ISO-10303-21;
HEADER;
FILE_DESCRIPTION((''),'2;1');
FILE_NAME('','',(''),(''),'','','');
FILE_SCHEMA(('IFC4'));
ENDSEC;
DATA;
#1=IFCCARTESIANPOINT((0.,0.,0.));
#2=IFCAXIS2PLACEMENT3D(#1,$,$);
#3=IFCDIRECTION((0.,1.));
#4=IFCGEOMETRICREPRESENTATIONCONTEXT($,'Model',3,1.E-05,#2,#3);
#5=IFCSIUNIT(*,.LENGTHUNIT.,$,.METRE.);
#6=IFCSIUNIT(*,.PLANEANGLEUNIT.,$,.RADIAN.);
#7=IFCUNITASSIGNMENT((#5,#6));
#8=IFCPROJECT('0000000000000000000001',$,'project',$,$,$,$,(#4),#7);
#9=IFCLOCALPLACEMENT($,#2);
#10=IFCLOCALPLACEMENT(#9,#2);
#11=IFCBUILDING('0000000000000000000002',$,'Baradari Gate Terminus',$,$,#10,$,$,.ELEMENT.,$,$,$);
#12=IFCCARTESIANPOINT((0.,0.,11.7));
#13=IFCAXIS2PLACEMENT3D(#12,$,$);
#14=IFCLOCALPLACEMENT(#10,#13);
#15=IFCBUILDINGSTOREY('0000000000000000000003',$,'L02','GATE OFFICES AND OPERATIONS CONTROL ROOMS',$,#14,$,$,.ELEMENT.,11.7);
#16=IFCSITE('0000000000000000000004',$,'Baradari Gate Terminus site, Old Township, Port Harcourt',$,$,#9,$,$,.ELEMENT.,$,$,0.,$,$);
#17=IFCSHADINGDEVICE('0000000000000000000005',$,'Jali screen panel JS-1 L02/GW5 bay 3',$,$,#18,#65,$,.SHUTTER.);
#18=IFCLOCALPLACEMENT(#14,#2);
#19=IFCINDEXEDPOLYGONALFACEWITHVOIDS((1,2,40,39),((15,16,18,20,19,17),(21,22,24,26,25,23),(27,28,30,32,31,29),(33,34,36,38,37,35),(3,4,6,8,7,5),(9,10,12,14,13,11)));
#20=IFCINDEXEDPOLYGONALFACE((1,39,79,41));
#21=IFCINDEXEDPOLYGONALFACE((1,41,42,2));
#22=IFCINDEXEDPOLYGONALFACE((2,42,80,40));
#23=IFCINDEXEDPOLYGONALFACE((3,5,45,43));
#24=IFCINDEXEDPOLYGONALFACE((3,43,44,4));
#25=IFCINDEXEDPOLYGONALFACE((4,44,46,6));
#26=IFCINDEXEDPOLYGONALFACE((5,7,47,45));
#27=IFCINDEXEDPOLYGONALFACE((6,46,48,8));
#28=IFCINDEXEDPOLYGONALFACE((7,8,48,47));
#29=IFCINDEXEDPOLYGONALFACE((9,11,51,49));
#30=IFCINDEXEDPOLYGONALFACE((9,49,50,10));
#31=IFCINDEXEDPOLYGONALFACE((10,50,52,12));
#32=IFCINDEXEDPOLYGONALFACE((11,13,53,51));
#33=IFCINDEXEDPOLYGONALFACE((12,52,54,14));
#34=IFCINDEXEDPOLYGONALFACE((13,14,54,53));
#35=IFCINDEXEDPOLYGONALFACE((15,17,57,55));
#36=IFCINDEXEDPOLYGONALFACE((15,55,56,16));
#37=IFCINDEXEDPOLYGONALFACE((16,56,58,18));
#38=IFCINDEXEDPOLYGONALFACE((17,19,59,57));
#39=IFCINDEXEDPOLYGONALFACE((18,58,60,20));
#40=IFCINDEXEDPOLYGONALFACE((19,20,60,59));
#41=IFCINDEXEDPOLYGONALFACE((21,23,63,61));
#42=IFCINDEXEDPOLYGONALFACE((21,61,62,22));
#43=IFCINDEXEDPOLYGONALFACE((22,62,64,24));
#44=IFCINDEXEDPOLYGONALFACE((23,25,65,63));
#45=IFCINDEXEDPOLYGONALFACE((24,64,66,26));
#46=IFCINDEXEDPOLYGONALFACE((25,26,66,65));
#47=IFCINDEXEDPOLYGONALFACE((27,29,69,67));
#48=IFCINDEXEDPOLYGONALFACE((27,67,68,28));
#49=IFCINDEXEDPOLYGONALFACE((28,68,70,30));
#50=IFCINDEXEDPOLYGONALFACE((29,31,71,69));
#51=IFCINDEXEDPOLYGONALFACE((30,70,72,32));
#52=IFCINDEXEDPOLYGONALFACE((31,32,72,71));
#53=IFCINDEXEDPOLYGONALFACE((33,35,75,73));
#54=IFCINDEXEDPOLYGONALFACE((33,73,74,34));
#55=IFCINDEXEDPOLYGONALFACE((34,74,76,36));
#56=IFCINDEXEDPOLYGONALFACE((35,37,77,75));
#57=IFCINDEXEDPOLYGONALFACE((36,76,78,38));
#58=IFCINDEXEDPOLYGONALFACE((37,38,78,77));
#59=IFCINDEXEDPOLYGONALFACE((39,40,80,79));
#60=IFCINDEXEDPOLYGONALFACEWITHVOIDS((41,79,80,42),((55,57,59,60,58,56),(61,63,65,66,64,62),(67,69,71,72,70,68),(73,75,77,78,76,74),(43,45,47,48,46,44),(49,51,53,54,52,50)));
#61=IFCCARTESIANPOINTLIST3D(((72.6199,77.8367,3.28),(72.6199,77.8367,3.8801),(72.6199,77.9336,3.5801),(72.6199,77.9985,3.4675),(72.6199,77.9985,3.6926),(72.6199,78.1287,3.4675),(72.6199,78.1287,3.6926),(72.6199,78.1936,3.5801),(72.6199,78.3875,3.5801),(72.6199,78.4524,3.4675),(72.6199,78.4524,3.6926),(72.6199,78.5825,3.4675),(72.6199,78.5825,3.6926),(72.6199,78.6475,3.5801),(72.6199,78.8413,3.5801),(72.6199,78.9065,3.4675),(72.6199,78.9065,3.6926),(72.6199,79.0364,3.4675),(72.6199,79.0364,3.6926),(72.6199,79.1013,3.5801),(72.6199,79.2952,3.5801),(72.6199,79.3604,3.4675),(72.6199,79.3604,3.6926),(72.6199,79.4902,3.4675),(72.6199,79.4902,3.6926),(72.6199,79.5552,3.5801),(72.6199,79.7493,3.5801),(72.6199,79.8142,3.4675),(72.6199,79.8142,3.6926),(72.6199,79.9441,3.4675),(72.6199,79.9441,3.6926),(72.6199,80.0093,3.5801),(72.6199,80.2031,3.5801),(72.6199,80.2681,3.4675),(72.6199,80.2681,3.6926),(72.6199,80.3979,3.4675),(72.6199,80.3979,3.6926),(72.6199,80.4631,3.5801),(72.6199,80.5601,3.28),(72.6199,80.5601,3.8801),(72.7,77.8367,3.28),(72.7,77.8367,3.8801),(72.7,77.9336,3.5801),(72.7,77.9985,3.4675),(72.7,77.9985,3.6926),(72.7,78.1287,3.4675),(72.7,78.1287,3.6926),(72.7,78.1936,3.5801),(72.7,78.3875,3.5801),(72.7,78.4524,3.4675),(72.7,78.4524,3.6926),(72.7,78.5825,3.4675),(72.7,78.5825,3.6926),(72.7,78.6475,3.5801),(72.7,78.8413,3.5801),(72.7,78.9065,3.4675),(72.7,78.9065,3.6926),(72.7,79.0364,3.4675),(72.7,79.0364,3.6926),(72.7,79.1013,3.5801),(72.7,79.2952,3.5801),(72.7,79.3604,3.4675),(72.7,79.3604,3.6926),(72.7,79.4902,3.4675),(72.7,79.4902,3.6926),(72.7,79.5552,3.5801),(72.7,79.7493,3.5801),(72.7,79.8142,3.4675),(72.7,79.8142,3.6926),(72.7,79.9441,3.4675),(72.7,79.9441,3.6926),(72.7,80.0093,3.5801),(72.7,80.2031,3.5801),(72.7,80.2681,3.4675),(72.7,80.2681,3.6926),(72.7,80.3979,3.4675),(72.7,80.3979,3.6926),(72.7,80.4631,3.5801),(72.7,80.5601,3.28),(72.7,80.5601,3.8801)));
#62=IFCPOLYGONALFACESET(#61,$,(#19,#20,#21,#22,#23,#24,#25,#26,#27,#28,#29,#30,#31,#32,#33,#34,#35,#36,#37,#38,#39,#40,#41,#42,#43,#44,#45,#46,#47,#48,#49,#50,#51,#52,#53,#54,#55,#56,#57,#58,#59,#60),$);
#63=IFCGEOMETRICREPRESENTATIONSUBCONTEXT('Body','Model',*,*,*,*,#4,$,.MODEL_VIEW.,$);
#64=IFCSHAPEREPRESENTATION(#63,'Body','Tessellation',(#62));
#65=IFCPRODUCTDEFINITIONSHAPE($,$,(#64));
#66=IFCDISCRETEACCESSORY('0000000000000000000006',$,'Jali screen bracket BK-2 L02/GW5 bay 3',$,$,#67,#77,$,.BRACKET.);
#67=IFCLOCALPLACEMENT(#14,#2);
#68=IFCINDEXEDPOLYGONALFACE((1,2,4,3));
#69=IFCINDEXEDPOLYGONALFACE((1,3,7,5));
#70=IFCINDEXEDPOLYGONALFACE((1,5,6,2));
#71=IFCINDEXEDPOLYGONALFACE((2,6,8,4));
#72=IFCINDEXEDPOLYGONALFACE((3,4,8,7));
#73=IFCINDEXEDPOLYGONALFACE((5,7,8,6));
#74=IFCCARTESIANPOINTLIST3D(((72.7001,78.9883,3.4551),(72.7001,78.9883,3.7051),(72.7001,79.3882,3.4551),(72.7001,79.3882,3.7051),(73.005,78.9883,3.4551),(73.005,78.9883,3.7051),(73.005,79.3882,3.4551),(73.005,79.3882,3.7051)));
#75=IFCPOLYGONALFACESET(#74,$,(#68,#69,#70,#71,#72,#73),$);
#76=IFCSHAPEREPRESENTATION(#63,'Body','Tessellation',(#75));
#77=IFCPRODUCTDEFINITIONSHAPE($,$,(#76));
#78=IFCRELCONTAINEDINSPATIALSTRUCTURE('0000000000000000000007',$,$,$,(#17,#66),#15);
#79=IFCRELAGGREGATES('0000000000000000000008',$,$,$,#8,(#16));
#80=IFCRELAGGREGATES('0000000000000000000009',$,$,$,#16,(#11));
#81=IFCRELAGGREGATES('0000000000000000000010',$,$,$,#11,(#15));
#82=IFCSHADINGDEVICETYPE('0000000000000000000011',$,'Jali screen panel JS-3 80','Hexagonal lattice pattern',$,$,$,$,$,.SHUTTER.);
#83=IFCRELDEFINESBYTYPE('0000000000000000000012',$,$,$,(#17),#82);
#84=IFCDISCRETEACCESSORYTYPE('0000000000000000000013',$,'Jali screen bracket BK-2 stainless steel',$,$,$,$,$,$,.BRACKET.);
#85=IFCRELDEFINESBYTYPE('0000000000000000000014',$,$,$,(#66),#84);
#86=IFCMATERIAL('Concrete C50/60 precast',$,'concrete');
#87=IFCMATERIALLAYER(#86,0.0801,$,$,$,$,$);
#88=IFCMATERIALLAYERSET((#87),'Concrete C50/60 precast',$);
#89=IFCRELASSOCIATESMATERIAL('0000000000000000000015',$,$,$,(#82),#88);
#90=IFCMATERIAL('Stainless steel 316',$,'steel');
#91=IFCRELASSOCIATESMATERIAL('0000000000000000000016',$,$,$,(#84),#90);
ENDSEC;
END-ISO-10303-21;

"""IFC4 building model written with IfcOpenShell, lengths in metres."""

from ifc_helpers import new_model, si_unit, direction, frame, origin, origin_2d, place, context, subcontext, project, spatial, polyline, rectangle, outline, extrude, material, layer, layer_set, type_object, element, save


model = new_model("IFC4")

# Units and contexts
model_context = context("Model", 3, precision=1e-05, world=origin(), true_north=direction((0.0, 1.0)))
body_context = subcontext(model_context, "Body", "Model", "MODEL_VIEW")
ifc_project = project(units=[si_unit("LENGTHUNIT", "METRE"), si_unit("PLANEANGLEUNIT", "RADIAN")], contexts=[model_context])

# Site, building, storey
site_placement = place(None, origin())
site = spatial("IfcSite", under=ifc_project, at=site_placement, Name="Baradari Gate Terminus site, Old Township, Port Harcourt", CompositionType="ELEMENT", RefElevation=0.0)
building_placement = place(site_placement, origin())
building = spatial("IfcBuilding", under=site, at=building_placement, Name="Baradari Gate Terminus", CompositionType="ELEMENT")
storey_placement = place(building_placement, frame((0.0, 0.0, 11.7)))
storey = spatial("IfcBuildingStorey", under=building, at=storey_placement, Name="L02", Description="GATE OFFICES AND OPERATIONS CONTROL ROOMS", CompositionType="ELEMENT", Elevation=11.7)

# Shading device
ifc_material_1 = material(Name="Concrete C50/60 precast", Category="concrete")
ifc_layer_1 = layer(ifc_material_1, 0.0801)
ifc_layer_set_1 = layer_set([ifc_layer_1], Name="Concrete C50/60 precast")
shading_device_type = type_object("IfcShadingDeviceType", Name="Jali screen panel JS-3 80", Description="Hexagonal lattice pattern", PredefinedType="SHUTTER", material=ifc_layer_set_1)
shading_device_placement = place(storey_placement, frame((72.6599, 77.8367, 3.28), z_axis=(0.0, 0.0, 1.0), x_axis=(0.0, 1.0, 0.0)))
element("IfcShadingDevice", 1, at=shading_device_placement, inside=storey, type_object=shading_device_type, Name="Jali screen panel JS-1 L02/GW5 bay 3", PredefinedType="SHUTTER", context=body_context, shape_type="SweptSolid", body=[
    extrude(outline(polyline([(0.0, 0.0), (2.7234, 0.0), (2.7234, 0.6001), (0.0, 0.6001), (0.0, 0.0)]), holes=[polyline([(0.3569, 0.3), (0.292, 0.1875), (0.1619, 0.1875), (0.0969, 0.3), (0.1619, 0.4126), (0.292, 0.4126), (0.3569, 0.3)]), polyline([(0.8108, 0.3), (0.7458, 0.1875), (0.6157, 0.1875), (0.5508, 0.3), (0.6157, 0.4126), (0.7458, 0.4126), (0.8108, 0.3)]), polyline([(1.2646, 0.3), (1.1997, 0.1875), (1.0698, 0.1875), (1.0046, 0.3), (1.0698, 0.4126), (1.1997, 0.4126), (1.2646, 0.3)]), polyline([(1.7185, 0.3), (1.6536, 0.1875), (1.5237, 0.1875), (1.4585, 0.3), (1.5237, 0.4126), (1.6536, 0.4126), (1.7185, 0.3)]), polyline([(2.1726, 0.3), (2.1074, 0.1875), (1.9775, 0.1875), (1.9126, 0.3), (1.9775, 0.4126), (2.1074, 0.4126), (2.1726, 0.3)]), polyline([(2.6265, 0.3), (2.5613, 0.1875), (2.4314, 0.1875), (2.3665, 0.3), (2.4314, 0.4126), (2.5613, 0.4126), (2.6265, 0.3)])]), frame((0.0, 0.04, 0.0), z_axis=(0.0, -1.0, 0.0), x_axis=(1.0, 0.0, 0.0)), (0.0, 0.0, 1.0), 0.0801),
])

# Discrete accessory
ifc_material_2 = material(Name="Stainless steel 316", Category="steel")
discrete_accessory_type = type_object("IfcDiscreteAccessoryType", Name="Jali screen bracket BK-2 stainless steel", PredefinedType="BRACKET", material=ifc_material_2)
discrete_accessory_placement = place(storey_placement, frame((72.8525, 79.1882, 3.4551), z_axis=(0.0, 0.0, 1.0), x_axis=(-1.0, 0.0, 0.0)))
element("IfcDiscreteAccessory", 2, at=discrete_accessory_placement, inside=storey, type_object=discrete_accessory_type, Name="Jali screen bracket BK-2 L02/GW5 bay 3", PredefinedType="BRACKET", context=body_context, shape_type="SweptSolid", body=[
    extrude(rectangle(XDim=0.3049, YDim=0.3999, at=origin_2d()), origin(), (0.0, 0.0, 1.0), 0.25),
])

save(model, "model.ifc")
